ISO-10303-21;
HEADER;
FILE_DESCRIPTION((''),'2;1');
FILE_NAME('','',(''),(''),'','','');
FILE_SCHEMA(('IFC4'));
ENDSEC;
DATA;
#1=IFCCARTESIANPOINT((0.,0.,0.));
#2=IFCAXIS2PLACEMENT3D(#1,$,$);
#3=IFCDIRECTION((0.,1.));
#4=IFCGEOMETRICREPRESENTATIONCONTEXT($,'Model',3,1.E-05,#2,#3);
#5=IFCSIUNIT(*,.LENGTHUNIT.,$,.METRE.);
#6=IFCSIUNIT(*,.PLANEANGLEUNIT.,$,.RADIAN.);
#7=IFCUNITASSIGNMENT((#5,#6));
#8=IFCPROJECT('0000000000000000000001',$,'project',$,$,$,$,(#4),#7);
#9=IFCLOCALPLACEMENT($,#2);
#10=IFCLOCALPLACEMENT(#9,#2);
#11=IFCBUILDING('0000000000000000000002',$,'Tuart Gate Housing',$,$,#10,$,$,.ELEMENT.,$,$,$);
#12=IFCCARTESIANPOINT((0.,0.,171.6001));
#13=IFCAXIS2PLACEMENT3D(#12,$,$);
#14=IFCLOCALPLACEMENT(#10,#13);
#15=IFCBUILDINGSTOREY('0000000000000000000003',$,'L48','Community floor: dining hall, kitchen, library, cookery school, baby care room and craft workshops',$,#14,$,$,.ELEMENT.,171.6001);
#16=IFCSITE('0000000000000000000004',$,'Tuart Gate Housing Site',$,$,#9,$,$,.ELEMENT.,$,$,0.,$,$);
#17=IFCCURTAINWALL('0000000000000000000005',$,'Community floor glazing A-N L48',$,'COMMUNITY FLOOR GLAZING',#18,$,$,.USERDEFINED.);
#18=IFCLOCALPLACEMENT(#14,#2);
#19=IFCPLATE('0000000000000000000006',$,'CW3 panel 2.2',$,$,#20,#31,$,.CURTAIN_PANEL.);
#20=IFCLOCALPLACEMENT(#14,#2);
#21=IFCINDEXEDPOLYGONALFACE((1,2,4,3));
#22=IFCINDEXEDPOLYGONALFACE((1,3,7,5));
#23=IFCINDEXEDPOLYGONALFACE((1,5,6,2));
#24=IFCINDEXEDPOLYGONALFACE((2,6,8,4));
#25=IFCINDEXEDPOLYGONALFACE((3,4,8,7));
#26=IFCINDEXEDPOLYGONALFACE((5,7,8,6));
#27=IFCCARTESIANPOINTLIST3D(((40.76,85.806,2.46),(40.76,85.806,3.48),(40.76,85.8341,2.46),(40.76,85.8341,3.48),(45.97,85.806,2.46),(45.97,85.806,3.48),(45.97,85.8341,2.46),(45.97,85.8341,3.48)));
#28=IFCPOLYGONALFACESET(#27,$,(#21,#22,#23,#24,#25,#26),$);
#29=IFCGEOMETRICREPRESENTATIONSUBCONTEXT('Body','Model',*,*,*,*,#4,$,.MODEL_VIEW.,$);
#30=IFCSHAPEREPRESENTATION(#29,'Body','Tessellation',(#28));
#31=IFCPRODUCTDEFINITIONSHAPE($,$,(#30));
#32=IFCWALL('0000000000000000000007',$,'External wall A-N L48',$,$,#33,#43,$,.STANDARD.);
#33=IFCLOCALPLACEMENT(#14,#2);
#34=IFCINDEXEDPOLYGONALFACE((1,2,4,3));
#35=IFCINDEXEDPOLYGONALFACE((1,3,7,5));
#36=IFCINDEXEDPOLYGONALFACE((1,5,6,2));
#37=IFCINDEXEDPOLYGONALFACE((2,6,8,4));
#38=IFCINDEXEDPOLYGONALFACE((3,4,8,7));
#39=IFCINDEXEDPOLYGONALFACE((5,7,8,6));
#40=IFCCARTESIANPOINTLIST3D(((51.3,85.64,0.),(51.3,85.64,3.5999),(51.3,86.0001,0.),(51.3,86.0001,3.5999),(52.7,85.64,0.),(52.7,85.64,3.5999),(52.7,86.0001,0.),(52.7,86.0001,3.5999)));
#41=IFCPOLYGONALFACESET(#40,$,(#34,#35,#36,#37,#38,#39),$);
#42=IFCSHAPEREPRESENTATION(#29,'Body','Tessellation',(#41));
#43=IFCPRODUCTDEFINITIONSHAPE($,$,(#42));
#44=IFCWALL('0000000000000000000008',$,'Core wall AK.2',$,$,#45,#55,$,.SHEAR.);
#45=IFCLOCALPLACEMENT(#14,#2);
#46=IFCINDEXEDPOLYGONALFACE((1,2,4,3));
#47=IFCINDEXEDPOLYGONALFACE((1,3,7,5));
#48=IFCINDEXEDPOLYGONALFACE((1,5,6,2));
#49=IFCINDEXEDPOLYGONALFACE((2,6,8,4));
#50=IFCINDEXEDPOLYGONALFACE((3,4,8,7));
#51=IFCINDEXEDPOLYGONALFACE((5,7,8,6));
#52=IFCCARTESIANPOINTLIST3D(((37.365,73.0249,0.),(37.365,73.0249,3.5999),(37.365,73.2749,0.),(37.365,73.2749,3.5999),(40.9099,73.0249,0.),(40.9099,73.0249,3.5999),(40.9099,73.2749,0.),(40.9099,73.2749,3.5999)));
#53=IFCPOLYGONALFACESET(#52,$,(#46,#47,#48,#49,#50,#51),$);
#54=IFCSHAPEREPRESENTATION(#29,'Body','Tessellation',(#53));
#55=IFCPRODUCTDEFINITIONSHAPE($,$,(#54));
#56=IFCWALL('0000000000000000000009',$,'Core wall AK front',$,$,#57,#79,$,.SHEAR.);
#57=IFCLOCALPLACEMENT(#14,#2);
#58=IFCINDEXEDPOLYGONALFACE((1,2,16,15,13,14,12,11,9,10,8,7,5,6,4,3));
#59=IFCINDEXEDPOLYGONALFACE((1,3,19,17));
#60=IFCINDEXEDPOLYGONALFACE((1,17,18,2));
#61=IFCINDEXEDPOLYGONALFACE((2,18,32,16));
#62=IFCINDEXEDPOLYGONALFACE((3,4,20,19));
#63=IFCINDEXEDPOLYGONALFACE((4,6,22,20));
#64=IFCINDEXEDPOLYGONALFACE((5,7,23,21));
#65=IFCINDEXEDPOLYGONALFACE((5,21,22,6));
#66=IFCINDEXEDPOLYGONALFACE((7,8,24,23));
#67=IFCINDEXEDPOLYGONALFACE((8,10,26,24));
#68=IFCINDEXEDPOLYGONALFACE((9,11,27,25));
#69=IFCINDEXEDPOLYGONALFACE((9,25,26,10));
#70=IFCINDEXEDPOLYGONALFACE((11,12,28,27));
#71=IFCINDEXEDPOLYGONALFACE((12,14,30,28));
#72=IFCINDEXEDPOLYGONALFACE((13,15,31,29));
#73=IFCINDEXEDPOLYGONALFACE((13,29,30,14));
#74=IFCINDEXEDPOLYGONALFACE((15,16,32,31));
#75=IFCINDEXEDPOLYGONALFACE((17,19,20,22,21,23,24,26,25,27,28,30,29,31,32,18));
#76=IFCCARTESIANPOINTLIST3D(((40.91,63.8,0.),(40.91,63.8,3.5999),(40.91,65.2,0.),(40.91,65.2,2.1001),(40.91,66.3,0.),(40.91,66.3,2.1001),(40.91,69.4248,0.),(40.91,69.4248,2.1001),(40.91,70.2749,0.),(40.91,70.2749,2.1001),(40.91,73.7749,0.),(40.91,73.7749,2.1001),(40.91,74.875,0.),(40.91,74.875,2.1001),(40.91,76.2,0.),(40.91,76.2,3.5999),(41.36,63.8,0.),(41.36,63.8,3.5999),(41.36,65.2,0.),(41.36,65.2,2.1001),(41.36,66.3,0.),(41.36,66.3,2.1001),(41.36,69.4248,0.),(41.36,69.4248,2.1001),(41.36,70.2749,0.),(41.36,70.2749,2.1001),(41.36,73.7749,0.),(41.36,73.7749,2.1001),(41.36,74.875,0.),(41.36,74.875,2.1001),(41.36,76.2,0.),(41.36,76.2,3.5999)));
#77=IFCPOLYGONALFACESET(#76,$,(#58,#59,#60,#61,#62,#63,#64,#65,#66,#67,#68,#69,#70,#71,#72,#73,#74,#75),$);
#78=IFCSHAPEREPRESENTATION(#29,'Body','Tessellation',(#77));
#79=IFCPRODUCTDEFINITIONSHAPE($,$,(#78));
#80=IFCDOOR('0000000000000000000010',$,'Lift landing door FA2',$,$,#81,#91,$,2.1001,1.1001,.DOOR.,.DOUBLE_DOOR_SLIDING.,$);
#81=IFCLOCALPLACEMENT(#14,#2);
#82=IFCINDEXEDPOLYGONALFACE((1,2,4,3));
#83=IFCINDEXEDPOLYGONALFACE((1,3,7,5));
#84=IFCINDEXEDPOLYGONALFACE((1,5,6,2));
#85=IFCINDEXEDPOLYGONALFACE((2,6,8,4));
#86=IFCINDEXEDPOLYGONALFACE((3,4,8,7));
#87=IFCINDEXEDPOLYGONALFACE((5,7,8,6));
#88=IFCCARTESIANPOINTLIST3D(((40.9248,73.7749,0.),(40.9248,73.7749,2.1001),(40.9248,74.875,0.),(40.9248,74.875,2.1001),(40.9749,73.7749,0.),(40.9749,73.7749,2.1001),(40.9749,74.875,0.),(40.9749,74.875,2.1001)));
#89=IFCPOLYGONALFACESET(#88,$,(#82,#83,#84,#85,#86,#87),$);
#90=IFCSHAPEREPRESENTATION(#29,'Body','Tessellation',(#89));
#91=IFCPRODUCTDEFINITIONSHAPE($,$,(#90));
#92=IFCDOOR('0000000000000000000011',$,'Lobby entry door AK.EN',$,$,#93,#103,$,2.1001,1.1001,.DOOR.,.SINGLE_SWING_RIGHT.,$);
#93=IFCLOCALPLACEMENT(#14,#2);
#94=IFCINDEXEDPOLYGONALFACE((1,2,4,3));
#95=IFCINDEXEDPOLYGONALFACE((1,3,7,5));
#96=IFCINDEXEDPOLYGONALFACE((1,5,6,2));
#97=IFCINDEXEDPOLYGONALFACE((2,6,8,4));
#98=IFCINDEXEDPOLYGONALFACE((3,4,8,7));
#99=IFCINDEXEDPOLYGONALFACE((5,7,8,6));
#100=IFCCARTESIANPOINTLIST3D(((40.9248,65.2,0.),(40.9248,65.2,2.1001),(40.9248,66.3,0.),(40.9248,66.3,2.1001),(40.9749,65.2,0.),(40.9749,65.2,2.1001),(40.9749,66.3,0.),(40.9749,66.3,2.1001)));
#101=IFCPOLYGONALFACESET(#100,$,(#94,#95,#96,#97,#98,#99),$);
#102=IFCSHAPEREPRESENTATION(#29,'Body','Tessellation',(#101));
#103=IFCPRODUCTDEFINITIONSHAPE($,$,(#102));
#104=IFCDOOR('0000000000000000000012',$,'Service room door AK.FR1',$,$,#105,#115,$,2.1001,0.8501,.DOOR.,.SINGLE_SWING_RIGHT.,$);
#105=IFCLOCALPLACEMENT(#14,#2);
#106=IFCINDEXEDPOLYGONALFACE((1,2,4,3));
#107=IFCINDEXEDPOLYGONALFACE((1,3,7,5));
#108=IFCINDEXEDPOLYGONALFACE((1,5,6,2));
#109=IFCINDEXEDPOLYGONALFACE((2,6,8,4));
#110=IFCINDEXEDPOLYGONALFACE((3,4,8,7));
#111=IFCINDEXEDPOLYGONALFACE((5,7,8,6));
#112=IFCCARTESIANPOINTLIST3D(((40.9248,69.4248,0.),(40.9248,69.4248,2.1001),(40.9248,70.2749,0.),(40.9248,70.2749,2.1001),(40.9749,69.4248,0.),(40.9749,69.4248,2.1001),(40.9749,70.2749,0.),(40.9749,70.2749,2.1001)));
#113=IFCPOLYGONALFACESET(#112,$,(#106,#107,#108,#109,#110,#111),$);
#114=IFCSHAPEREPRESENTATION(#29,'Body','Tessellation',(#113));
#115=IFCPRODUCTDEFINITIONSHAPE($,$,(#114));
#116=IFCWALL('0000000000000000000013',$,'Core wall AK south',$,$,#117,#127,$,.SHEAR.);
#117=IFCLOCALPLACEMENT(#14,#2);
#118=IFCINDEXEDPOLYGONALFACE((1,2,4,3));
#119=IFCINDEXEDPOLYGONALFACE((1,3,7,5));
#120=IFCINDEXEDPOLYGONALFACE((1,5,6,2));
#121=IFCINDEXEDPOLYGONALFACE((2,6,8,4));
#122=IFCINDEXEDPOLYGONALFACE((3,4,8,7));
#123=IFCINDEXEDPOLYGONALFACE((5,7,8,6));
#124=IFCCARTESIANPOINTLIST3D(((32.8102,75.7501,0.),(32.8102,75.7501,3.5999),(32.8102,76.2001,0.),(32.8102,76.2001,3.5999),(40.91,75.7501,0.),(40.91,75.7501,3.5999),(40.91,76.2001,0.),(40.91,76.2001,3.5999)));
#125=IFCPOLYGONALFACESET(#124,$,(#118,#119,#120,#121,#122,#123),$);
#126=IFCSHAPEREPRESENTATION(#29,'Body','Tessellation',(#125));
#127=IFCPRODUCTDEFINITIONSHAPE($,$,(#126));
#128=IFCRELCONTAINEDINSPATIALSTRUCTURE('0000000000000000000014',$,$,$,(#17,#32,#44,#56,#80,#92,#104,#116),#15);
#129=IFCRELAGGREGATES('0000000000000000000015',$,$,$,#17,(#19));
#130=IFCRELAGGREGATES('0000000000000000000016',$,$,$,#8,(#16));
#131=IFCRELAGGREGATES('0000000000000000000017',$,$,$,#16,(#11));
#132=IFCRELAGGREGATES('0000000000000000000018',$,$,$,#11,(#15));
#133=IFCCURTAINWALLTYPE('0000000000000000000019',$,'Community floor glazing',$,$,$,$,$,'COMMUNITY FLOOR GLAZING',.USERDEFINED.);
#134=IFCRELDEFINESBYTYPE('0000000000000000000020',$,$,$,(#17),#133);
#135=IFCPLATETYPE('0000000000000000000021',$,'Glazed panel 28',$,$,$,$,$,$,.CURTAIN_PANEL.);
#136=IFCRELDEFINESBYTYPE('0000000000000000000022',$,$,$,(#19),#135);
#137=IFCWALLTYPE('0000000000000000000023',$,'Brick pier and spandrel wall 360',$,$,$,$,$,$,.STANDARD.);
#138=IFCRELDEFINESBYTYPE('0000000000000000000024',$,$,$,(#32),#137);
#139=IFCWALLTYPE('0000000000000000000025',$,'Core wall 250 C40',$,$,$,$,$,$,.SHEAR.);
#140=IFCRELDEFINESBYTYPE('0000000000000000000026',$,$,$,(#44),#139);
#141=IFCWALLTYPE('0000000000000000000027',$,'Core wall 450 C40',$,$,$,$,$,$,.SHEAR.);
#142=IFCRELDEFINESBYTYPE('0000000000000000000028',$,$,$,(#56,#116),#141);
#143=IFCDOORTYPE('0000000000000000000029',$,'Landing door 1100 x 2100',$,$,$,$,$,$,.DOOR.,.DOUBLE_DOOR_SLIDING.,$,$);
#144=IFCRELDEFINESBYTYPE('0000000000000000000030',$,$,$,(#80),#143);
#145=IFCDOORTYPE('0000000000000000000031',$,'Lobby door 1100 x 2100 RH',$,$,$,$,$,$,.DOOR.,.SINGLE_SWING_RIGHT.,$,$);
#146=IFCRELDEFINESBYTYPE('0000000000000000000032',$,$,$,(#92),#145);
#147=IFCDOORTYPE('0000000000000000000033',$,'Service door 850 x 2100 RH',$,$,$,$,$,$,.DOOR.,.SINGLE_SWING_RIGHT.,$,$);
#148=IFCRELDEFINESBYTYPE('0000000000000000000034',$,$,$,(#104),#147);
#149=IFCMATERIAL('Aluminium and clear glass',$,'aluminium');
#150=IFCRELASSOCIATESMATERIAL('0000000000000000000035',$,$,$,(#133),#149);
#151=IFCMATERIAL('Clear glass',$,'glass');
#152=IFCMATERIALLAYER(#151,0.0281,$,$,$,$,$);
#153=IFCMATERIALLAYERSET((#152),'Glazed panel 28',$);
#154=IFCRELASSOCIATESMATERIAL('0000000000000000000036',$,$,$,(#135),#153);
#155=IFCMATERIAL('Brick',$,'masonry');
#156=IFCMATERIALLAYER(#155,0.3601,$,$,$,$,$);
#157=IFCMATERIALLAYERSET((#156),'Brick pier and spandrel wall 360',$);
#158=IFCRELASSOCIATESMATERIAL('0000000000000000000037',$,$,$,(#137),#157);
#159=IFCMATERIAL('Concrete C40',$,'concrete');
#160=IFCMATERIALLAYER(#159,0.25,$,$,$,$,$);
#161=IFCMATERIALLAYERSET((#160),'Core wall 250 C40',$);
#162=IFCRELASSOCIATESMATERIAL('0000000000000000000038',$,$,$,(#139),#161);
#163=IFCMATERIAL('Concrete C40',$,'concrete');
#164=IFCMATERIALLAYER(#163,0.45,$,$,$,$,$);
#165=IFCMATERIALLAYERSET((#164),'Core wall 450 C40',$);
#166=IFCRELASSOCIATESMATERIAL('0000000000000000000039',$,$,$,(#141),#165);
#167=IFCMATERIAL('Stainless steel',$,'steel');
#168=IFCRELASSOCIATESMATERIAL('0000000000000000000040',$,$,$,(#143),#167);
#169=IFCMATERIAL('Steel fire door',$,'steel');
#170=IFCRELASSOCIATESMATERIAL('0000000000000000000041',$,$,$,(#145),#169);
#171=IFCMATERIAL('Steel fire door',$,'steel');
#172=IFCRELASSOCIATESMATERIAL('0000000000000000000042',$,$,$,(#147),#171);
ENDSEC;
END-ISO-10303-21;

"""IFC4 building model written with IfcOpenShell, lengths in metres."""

from ifc_helpers import new_model, si_unit, direction, frame, frame_2d, origin, origin_2d, place, context, subcontext, project, spatial, rectangle, extrude, material, layer, layer_set, type_object, element, fill, aggregate, save


model = new_model("IFC4")

# Units and contexts
model_context = context("Model", 3, precision=1e-05, world=origin(), true_north=direction((0.0, 1.0)))
body_context = subcontext(model_context, "Body", "Model", "MODEL_VIEW")
ifc_project = project(units=[si_unit("LENGTHUNIT", "METRE"), si_unit("PLANEANGLEUNIT", "RADIAN")], contexts=[model_context])

# Site, building, storey
site_placement = place(None, origin())
site = spatial("IfcSite", under=ifc_project, at=site_placement, Name="Tuart Gate Housing Site", CompositionType="ELEMENT", RefElevation=0.0)
building_placement = place(site_placement, origin())
building = spatial("IfcBuilding", under=site, at=building_placement, Name="Tuart Gate Housing", CompositionType="ELEMENT")
storey_placement = place(building_placement, frame((0.0, 0.0, 171.6001)))
storey = spatial("IfcBuildingStorey", under=building, at=storey_placement, Name="L48", Description="Community floor: dining hall, kitchen, library, cookery school, baby care room and craft workshops", CompositionType="ELEMENT", Elevation=171.6001)

# Curtain wall, plate
ifc_material_1 = material(Name="Aluminium and clear glass", Category="aluminium")
curtain_wall_type = type_object("IfcCurtainWallType", Name="Community floor glazing", ElementType="COMMUNITY FLOOR GLAZING", PredefinedType="USERDEFINED", material=ifc_material_1)
curtain_wall_placement = place(storey_placement, origin())
curtain_wall = element("IfcCurtainWall", 1, at=curtain_wall_placement, inside=storey, type_object=curtain_wall_type, Name="Community floor glazing A-N L48", ObjectType="COMMUNITY FLOOR GLAZING", PredefinedType="USERDEFINED")
ifc_material_2 = material(Name="Clear glass", Category="glass")
ifc_layer_1 = layer(ifc_material_2, 0.0281)
ifc_layer_set_1 = layer_set([ifc_layer_1], Name="Glazed panel 28")
plate_type = type_object("IfcPlateType", Name="Glazed panel 28", PredefinedType="CURTAIN_PANEL", material=ifc_layer_set_1)
plate_1_placement = place(storey_placement, frame((43.365, 85.8201, 2.46), z_axis=(0.0, 0.0, 1.0), x_axis=(-1.0, 0.0, 0.0)))
plate_1 = element("IfcPlate", 2, at=plate_1_placement, type_object=plate_type, Name="CW3 panel 2.2", PredefinedType="CURTAIN_PANEL", context=body_context, shape_type="SweptSolid", body=[
    extrude(rectangle(XDim=5.21, YDim=0.0281, at=origin_2d()), origin(), (0.0, 0.0, 1.0), 1.02),
])
aggregate(curtain_wall, [plate_1])

# Walls
ifc_material_3 = material(Name="Brick", Category="masonry")
ifc_layer_2 = layer(ifc_material_3, 0.3601)
ifc_layer_set_2 = layer_set([ifc_layer_2], Name="Brick pier and spandrel wall 360")
wall_type_1 = type_object("IfcWallType", Name="Brick pier and spandrel wall 360", PredefinedType="STANDARD", material=ifc_layer_set_2)
wall_1_placement = place(storey_placement, frame((52.7, 85.8201, 0.0), z_axis=(0.0, 0.0, 1.0), x_axis=(-1.0, 0.0, 0.0)))
element("IfcWall", 3, at=wall_1_placement, inside=storey, type_object=wall_type_1, Name="External wall A-N L48", PredefinedType="STANDARD", context=body_context, shape_type="SweptSolid", body=[
    extrude(rectangle(XDim=1.3999, YDim=0.3601, at=frame_2d((0.7, 0.0))), origin(), (0.0, 0.0, 1.0), 3.5999),
])
ifc_material_4 = material(Name="Concrete C40", Category="concrete")
ifc_layer_3 = layer(ifc_material_4, 0.25)
ifc_layer_set_3 = layer_set([ifc_layer_3], Name="Core wall 250 C40")
wall_type_2 = type_object("IfcWallType", Name="Core wall 250 C40", PredefinedType="SHEAR", material=ifc_layer_set_3)
wall_2_placement = place(storey_placement, frame((40.9099, 73.1499, 0.0), z_axis=(0.0, 0.0, 1.0), x_axis=(-1.0, 0.0, 0.0)))
element("IfcWall", 4, at=wall_2_placement, inside=storey, type_object=wall_type_2, Name="Core wall AK.2", PredefinedType="SHEAR", context=body_context, shape_type="SweptSolid", body=[
    extrude(rectangle(XDim=3.5449, YDim=0.25, at=frame_2d((1.7725, 0.0))), origin(), (0.0, 0.0, 1.0), 3.5999),
])

# Wall, openings, doors
ifc_material_5 = material(Name="Concrete C40", Category="concrete")
ifc_layer_4 = layer(ifc_material_5, 0.45)
ifc_layer_set_4 = layer_set([ifc_layer_4], Name="Core wall 450 C40")
wall_type_3 = type_object("IfcWallType", Name="Core wall 450 C40", PredefinedType="SHEAR", material=ifc_layer_set_4)
wall_3_placement = place(storey_placement, frame((41.135, 76.2, 0.0), z_axis=(0.0, 0.0, 1.0), x_axis=(0.0, -1.0, 0.0)))
wall_3 = element("IfcWall", 5, at=wall_3_placement, inside=storey, type_object=wall_type_3, Name="Core wall AK front", PredefinedType="SHEAR", context=body_context, shape_type="SweptSolid", body=[
    extrude(rectangle(XDim=12.3999, YDim=0.45, at=frame_2d((6.2, 0.0))), origin(), (0.0, 0.0, 1.0), 3.5999),
])
opening_1_placement = place(wall_3_placement, frame((1.325, 0.0, 0.0)))
opening_1 = element("IfcOpeningElement", 6, at=opening_1_placement, cuts=wall_3, PredefinedType="OPENING", context=body_context, shape_type="SweptSolid", body=[
    extrude(rectangle(XDim=1.1001, YDim=2.1001, at=frame_2d((0.55, 1.05))), frame((0.0, 0.2349, 0.0), z_axis=(0.0, -1.0, 0.0), x_axis=(1.0, 0.0, 0.0)), (0.0, 0.0, 1.0), 0.47),
])
opening_2_placement = place(wall_3_placement, frame((5.925, 0.0, 0.0)))
opening_2 = element("IfcOpeningElement", 7, at=opening_2_placement, cuts=wall_3, PredefinedType="OPENING", context=body_context, shape_type="SweptSolid", body=[
    extrude(rectangle(XDim=0.8501, YDim=2.1001, at=frame_2d((0.425, 1.05))), frame((0.0, 0.2349, 0.0), z_axis=(0.0, -1.0, 0.0), x_axis=(1.0, 0.0, 0.0)), (0.0, 0.0, 1.0), 0.47),
])
opening_3_placement = place(wall_3_placement, frame((9.8999, 0.0, 0.0)))
opening_3 = element("IfcOpeningElement", 8, at=opening_3_placement, cuts=wall_3, PredefinedType="OPENING", context=body_context, shape_type="SweptSolid", body=[
    extrude(rectangle(XDim=1.1001, YDim=2.1001, at=frame_2d((0.55, 1.05))), frame((0.0, 0.2349, 0.0), z_axis=(0.0, -1.0, 0.0), x_axis=(1.0, 0.0, 0.0)), (0.0, 0.0, 1.0), 0.47),
])
ifc_material_6 = material(Name="Stainless steel", Category="steel")
door_type_1 = type_object("IfcDoorType", Name="Landing door 1100 x 2100", OperationType="DOUBLE_DOOR_SLIDING", PredefinedType="DOOR", material=ifc_material_6)
door_1_placement = place(opening_1_placement, origin())
door_1 = element("IfcDoor", 9, at=door_1_placement, inside=storey, type_object=door_type_1, Name="Lift landing door FA2", OperationType="DOUBLE_DOOR_SLIDING", OverallHeight=2.1001, OverallWidth=1.1001, PredefinedType="DOOR", context=body_context, shape_type="SweptSolid", body=[
    extrude(rectangle(XDim=1.1001, YDim=2.1001, at=frame_2d((0.55, 1.05))), frame((0.0, -0.1602, 0.0), z_axis=(0.0, -1.0, 0.0), x_axis=(1.0, 0.0, 0.0)), (0.0, 0.0, 1.0), 0.05),
])
fill(opening_1, door_1)
ifc_material_7 = material(Name="Steel fire door", Category="steel")
door_type_2 = type_object("IfcDoorType", Name="Lobby door 1100 x 2100 RH", OperationType="SINGLE_SWING_RIGHT", PredefinedType="DOOR", material=ifc_material_7)
door_2_placement = place(opening_3_placement, frame((1.1001, 0.0, 0.0), z_axis=(0.0, 0.0, 1.0), x_axis=(-1.0, 0.0, 0.0)))
door_2 = element("IfcDoor", 10, at=door_2_placement, inside=storey, type_object=door_type_2, Name="Lobby entry door AK.EN", OperationType="SINGLE_SWING_RIGHT", OverallHeight=2.1001, OverallWidth=1.1001, PredefinedType="DOOR", context=body_context, shape_type="SweptSolid", body=[
    extrude(rectangle(XDim=1.1001, YDim=2.1001, at=frame_2d((0.55, 1.05))), frame((0.0, 0.2102, 0.0), z_axis=(0.0, -1.0, 0.0), x_axis=(1.0, 0.0, 0.0)), (0.0, 0.0, 1.0), 0.05),
])
fill(opening_3, door_2)
ifc_material_8 = material(Name="Steel fire door", Category="steel")
door_type_3 = type_object("IfcDoorType", Name="Service door 850 x 2100 RH", OperationType="SINGLE_SWING_RIGHT", PredefinedType="DOOR", material=ifc_material_8)
door_3_placement = place(opening_2_placement, frame((0.8501, 0.0, 0.0), z_axis=(0.0, 0.0, 1.0), x_axis=(-1.0, 0.0, 0.0)))
door_3 = element("IfcDoor", 11, at=door_3_placement, inside=storey, type_object=door_type_3, Name="Service room door AK.FR1", OperationType="SINGLE_SWING_RIGHT", OverallHeight=2.1001, OverallWidth=0.8501, PredefinedType="DOOR", context=body_context, shape_type="SweptSolid", body=[
    extrude(rectangle(XDim=0.8501, YDim=2.1001, at=frame_2d((0.425, 1.05))), frame((0.0, 0.2102, 0.0), z_axis=(0.0, -1.0, 0.0), x_axis=(1.0, 0.0, 0.0)), (0.0, 0.0, 1.0), 0.05),
])
fill(opening_2, door_3)

# Wall
wall_4_placement = place(storey_placement, frame((40.9099, 75.9751, 0.0), z_axis=(0.0, 0.0, 1.0), x_axis=(-1.0, 0.0, 0.0)))
element("IfcWall", 12, at=wall_4_placement, inside=storey, type_object=wall_type_3, Name="Core wall AK south", PredefinedType="SHEAR", context=body_context, shape_type="SweptSolid", body=[
    extrude(rectangle(XDim=8.0999, YDim=0.45, at=frame_2d((4.0498, 0.0))), origin(), (0.0, 0.0, 1.0), 3.5999),
])

save(model, "model.ifc")
